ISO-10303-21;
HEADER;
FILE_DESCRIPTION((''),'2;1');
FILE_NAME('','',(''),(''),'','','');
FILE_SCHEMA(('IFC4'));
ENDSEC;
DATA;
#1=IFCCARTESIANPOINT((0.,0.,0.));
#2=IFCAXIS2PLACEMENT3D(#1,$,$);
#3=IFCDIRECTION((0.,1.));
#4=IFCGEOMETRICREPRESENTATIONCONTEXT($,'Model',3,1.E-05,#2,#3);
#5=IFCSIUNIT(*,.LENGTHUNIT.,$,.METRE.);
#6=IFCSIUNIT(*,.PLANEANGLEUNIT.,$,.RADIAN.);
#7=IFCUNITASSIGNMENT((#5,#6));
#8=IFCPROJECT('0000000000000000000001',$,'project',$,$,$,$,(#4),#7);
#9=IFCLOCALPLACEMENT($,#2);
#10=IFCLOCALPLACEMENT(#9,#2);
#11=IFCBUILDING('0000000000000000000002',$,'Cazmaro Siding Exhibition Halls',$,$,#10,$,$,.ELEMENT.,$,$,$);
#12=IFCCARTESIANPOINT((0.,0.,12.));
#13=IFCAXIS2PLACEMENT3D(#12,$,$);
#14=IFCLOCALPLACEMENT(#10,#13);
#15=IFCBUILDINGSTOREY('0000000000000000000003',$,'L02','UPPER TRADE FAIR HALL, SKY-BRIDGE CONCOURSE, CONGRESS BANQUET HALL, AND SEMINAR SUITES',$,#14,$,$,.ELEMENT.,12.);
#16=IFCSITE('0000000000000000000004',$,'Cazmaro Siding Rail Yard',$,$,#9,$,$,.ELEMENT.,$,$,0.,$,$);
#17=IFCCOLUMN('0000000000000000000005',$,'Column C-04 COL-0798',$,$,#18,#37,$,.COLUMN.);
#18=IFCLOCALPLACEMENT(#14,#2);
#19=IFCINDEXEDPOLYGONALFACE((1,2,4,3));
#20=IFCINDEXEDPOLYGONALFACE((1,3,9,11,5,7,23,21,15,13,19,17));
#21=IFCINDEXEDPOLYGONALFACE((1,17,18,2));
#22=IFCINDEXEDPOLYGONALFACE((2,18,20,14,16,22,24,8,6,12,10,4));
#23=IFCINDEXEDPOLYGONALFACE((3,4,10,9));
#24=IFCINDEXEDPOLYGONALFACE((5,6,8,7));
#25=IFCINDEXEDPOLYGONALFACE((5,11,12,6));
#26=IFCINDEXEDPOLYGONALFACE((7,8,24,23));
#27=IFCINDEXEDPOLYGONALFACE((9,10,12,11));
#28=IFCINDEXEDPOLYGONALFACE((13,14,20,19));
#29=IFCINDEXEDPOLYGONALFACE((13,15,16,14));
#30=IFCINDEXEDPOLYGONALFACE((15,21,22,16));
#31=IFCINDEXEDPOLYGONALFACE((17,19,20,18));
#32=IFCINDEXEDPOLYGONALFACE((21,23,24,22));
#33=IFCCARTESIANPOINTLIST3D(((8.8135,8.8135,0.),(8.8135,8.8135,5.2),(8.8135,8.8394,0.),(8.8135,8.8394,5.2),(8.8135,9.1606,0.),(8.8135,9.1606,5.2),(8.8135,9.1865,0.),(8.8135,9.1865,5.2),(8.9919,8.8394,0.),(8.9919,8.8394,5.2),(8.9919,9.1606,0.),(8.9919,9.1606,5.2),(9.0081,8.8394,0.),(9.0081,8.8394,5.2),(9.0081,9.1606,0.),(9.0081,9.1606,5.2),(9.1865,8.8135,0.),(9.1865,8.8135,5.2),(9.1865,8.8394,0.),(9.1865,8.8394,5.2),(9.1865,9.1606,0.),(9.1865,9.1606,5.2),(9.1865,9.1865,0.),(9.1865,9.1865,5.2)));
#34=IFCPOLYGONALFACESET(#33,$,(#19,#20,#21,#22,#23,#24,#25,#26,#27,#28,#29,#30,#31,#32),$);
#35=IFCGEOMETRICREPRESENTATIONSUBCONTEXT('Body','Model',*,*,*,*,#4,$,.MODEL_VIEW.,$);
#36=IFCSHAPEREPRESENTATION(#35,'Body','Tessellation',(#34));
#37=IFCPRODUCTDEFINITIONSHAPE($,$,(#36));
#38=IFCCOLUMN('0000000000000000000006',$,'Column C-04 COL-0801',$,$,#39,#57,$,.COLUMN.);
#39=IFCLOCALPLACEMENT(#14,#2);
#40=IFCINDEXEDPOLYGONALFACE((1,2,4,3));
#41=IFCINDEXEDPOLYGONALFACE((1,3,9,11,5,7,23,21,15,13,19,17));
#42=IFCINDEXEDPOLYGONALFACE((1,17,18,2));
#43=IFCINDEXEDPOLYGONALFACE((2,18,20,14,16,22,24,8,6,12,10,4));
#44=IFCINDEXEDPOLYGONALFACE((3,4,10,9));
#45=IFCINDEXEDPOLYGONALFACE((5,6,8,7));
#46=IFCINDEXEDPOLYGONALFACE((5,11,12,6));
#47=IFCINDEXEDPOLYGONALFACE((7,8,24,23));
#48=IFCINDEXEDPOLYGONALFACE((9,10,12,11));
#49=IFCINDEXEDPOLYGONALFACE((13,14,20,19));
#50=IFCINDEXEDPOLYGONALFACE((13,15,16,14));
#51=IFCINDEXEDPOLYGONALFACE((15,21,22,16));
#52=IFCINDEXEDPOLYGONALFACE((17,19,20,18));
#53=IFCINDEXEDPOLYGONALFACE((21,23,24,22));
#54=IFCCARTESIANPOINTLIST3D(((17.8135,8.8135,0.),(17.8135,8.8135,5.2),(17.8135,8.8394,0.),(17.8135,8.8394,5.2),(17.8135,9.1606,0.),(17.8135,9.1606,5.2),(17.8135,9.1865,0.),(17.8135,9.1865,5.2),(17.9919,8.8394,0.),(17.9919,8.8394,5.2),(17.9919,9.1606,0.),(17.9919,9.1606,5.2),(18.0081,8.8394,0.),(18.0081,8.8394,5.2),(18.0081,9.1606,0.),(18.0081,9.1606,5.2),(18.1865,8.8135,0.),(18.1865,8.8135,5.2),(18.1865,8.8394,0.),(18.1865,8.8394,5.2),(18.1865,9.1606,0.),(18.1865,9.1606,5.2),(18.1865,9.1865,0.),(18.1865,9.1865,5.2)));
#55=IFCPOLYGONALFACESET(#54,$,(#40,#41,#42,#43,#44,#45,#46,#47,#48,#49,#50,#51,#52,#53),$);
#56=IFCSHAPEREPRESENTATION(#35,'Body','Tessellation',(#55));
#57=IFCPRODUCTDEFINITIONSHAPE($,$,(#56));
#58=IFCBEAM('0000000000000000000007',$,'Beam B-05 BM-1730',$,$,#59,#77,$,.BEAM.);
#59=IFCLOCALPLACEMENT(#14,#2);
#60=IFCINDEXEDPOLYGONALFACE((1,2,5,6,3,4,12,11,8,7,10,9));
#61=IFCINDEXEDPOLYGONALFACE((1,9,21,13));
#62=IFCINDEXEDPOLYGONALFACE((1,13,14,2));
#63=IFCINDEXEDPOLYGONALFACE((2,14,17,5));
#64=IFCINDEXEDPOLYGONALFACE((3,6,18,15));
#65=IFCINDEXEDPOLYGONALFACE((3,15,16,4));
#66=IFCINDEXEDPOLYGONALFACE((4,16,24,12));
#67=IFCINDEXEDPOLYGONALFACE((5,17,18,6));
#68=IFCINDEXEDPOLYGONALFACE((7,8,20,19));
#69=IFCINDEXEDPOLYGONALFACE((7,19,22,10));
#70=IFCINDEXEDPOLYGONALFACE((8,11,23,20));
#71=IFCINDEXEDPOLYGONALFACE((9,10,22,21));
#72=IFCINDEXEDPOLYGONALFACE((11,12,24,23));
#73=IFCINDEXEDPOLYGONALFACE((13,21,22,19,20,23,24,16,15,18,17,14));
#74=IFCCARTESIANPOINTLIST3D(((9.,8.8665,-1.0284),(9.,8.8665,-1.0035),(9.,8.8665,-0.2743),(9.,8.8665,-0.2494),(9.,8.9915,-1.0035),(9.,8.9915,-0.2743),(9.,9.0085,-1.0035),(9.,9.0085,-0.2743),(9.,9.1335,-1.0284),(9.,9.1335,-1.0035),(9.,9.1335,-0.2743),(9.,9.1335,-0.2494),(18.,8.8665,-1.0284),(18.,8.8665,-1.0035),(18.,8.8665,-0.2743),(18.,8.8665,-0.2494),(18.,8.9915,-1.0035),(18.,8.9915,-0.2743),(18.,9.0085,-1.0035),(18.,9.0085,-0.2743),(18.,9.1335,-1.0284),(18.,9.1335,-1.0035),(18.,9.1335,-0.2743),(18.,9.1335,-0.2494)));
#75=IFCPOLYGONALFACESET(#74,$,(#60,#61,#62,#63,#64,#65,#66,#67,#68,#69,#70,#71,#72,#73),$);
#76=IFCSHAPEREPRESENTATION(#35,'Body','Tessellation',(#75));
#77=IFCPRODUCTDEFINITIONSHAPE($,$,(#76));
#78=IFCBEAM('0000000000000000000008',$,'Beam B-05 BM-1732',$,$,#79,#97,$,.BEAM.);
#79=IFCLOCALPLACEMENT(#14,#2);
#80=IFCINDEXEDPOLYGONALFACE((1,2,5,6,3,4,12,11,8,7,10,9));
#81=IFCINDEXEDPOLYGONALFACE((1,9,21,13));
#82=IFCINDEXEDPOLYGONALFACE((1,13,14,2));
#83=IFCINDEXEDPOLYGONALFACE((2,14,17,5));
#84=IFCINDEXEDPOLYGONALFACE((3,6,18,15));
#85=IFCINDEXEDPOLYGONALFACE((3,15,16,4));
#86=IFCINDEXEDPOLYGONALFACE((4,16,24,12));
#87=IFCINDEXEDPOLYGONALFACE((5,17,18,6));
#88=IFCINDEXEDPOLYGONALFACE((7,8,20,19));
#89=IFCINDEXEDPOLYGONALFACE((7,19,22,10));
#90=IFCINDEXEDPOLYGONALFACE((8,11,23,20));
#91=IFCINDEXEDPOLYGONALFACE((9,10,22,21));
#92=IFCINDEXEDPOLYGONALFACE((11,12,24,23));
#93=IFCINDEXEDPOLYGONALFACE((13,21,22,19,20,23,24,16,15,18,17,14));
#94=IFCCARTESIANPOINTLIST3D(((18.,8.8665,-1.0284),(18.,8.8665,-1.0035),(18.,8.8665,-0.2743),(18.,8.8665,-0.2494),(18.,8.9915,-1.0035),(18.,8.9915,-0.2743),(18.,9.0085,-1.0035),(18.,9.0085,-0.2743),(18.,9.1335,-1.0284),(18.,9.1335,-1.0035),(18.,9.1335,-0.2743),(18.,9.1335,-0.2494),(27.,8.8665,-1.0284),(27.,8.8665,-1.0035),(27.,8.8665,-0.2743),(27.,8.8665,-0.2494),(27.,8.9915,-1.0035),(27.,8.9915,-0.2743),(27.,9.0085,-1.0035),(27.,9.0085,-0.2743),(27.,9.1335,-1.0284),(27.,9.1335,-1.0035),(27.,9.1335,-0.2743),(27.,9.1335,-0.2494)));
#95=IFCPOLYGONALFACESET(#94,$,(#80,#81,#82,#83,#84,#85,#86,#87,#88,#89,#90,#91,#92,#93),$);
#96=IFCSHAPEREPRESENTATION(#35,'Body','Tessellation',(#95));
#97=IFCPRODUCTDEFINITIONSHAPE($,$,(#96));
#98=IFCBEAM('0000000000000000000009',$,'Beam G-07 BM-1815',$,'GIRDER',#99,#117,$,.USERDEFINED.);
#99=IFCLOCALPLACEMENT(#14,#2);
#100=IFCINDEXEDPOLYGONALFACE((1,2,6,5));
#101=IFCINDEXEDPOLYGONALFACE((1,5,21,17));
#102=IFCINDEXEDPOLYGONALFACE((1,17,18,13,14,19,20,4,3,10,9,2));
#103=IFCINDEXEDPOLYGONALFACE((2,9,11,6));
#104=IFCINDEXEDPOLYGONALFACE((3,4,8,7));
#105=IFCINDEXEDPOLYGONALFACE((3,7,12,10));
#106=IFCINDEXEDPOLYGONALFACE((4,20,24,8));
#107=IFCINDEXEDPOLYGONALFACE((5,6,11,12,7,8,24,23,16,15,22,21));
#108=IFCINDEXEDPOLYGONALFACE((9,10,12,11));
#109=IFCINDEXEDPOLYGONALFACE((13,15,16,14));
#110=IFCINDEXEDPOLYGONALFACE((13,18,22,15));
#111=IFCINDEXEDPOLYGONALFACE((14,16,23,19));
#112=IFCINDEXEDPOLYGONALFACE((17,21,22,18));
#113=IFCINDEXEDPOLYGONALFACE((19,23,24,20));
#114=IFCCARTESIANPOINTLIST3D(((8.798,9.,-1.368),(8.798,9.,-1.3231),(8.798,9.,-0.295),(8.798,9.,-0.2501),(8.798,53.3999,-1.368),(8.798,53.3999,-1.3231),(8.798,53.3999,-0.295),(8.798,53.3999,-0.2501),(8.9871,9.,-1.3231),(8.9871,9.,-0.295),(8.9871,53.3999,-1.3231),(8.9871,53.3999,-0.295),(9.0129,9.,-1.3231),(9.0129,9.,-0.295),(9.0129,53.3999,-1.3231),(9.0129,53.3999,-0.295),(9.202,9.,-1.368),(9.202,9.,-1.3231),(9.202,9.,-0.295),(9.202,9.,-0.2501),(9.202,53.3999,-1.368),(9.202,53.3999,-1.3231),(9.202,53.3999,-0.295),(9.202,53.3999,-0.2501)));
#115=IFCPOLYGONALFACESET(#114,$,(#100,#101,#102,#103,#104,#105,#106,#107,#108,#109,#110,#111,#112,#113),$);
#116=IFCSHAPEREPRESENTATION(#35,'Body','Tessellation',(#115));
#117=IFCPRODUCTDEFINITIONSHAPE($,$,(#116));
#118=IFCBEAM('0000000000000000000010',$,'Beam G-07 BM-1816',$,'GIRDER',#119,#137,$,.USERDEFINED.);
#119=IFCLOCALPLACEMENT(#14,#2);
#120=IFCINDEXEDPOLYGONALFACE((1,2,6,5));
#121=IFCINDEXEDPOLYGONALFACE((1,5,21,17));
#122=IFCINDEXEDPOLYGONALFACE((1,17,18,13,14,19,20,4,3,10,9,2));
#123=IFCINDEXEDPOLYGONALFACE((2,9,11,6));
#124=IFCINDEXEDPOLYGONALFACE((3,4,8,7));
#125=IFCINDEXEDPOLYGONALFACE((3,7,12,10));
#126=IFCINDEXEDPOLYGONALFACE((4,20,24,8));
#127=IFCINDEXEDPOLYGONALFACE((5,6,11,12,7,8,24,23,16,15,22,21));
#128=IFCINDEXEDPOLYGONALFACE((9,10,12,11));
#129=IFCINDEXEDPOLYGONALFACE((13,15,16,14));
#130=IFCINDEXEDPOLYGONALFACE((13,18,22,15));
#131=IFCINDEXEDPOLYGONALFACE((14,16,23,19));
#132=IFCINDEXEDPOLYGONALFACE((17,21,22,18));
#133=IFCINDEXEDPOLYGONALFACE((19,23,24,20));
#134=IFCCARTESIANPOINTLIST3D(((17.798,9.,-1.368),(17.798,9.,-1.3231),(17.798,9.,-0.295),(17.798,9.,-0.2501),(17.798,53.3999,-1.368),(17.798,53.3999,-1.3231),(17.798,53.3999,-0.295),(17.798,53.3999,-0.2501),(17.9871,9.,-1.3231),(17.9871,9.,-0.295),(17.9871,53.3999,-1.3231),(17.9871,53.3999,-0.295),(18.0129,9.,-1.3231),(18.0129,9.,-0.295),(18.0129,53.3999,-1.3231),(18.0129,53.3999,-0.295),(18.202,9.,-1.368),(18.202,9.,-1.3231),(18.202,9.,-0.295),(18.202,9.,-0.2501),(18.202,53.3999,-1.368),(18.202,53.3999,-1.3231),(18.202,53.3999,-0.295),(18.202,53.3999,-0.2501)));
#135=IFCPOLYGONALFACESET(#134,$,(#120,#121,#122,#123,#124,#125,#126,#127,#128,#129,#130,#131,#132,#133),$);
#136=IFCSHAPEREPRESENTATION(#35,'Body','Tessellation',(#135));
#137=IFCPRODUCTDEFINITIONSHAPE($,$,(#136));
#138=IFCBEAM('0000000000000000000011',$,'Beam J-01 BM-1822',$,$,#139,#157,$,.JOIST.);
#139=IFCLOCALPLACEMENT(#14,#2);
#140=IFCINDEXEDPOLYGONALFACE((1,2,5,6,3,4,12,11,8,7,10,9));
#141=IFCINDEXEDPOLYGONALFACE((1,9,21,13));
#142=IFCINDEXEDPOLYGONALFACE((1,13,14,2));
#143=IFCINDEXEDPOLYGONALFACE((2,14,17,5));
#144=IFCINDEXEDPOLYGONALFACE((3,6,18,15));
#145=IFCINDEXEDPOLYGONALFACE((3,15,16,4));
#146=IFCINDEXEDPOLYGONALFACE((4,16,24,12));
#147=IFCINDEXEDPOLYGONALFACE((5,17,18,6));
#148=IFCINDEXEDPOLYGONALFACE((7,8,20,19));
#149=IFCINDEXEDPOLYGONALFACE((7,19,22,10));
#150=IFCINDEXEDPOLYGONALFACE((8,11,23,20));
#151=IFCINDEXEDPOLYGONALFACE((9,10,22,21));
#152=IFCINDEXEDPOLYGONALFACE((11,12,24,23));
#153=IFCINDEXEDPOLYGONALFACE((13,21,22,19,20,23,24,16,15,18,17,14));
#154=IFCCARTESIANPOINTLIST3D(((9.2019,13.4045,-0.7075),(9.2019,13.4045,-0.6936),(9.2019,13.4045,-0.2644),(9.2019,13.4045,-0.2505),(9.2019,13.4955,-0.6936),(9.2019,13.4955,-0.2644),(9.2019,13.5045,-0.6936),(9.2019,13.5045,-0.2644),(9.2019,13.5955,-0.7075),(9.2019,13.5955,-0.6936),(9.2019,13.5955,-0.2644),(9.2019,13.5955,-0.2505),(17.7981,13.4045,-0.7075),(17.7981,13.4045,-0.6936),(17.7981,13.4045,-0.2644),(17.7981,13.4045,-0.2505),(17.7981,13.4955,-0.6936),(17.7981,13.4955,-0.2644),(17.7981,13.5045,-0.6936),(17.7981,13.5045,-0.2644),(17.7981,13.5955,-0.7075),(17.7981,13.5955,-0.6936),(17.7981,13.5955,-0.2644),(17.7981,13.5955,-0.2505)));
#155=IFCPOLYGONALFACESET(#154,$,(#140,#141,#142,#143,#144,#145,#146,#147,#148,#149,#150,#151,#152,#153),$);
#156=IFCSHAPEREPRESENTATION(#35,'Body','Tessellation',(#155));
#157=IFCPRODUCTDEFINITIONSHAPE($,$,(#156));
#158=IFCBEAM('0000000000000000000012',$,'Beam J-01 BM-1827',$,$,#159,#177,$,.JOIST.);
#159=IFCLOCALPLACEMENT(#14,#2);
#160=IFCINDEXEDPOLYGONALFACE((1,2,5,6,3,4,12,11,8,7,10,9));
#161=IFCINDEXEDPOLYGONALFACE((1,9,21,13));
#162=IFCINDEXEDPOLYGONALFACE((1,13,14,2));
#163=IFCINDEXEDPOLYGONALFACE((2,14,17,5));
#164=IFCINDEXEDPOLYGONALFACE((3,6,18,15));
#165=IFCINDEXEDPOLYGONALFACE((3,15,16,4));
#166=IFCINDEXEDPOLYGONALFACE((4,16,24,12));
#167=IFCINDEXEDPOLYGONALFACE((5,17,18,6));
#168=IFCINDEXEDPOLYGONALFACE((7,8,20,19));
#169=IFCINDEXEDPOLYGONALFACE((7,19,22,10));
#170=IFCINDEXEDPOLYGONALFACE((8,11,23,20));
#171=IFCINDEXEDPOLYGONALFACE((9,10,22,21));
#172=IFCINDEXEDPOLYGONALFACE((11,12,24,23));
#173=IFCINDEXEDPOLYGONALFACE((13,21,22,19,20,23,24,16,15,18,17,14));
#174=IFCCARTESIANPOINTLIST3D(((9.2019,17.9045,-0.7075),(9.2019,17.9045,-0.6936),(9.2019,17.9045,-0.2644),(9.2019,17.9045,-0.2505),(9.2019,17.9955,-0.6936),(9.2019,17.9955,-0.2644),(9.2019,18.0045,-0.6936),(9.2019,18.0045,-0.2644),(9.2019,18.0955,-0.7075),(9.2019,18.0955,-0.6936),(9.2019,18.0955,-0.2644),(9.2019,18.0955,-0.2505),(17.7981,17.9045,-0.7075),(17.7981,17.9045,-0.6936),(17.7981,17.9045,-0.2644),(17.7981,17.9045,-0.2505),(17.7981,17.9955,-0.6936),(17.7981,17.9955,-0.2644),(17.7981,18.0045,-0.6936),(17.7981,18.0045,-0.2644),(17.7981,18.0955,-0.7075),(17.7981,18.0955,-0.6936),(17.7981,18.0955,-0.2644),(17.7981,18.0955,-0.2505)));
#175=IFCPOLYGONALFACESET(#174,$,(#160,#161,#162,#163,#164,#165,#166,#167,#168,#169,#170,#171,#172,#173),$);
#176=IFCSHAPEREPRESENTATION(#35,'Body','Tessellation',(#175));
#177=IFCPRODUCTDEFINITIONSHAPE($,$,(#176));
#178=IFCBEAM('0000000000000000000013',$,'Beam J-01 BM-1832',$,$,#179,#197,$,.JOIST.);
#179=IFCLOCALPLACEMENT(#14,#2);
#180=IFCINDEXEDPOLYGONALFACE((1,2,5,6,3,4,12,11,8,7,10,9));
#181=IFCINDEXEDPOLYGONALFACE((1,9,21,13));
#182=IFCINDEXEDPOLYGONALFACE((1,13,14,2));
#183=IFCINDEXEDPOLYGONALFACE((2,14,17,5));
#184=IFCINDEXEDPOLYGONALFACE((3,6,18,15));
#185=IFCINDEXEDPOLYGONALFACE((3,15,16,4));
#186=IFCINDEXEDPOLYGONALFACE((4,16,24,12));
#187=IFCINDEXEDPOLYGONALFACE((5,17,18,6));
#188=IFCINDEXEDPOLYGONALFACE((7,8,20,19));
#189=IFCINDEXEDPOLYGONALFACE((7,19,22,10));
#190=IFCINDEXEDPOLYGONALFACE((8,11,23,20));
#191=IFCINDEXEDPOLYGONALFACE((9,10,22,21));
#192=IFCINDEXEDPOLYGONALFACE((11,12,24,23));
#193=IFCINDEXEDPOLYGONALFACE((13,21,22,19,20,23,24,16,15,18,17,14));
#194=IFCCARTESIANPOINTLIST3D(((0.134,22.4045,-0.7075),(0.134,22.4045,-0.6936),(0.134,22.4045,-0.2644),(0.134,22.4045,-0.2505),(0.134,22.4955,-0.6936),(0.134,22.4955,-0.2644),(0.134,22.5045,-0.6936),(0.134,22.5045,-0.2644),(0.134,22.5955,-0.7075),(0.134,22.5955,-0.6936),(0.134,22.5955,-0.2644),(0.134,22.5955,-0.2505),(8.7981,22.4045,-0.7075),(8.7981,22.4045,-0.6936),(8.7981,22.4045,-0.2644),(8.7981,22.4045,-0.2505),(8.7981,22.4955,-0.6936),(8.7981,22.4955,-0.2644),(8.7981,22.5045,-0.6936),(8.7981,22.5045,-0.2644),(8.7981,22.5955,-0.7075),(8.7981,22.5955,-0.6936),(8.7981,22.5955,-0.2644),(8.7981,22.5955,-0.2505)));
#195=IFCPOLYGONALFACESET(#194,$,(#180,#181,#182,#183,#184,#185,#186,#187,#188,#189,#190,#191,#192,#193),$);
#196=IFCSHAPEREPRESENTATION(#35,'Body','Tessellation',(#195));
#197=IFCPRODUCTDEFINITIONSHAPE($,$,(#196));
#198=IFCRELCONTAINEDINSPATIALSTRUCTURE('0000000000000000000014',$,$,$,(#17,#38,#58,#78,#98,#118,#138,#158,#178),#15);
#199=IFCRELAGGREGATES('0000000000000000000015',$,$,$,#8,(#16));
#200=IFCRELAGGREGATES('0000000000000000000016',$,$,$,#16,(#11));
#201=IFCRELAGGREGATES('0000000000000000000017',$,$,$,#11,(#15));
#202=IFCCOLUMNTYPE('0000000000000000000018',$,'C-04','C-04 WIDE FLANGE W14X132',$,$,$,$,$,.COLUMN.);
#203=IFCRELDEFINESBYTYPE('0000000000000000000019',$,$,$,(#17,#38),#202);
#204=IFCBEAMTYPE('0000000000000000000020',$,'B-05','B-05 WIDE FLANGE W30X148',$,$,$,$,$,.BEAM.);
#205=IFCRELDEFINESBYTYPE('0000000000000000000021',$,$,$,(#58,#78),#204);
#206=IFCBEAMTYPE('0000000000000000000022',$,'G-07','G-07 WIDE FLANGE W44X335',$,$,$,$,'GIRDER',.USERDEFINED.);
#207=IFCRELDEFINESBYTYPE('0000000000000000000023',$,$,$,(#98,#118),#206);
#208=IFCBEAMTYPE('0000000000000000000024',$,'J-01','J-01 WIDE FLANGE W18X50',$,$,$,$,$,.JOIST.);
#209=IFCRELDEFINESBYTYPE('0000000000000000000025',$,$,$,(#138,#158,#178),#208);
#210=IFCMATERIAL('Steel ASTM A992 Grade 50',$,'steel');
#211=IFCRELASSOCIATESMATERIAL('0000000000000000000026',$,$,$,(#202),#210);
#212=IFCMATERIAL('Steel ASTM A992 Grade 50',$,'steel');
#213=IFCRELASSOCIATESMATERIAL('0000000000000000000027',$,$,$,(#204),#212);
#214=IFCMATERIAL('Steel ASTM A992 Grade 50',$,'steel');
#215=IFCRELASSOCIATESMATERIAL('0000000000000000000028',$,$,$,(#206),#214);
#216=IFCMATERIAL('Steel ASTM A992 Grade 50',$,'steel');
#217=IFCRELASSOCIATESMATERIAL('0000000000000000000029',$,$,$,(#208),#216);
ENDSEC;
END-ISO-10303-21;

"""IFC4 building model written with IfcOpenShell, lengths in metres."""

from ifc_helpers import new_model, si_unit, direction, frame, origin, origin_2d, place, context, subcontext, project, spatial, i_section, extrude, material, material_profile, profile_set, type_object, element, save


model = new_model("IFC4")

# Units and contexts
model_context = context("Model", 3, precision=1e-05, world=origin(), true_north=direction((0.0, 1.0)))
body_context = subcontext(model_context, "Body", "Model", "MODEL_VIEW")
ifc_project = project(units=[si_unit("LENGTHUNIT", "METRE"), si_unit("PLANEANGLEUNIT", "RADIAN")], contexts=[model_context])

# Site, building, storey
site_placement = place(None, origin())
site = spatial("IfcSite", under=ifc_project, at=site_placement, Name="Cazmaro Siding Rail Yard", CompositionType="ELEMENT", RefElevation=0.0)
building_placement = place(site_placement, origin())
building = spatial("IfcBuilding", under=site, at=building_placement, Name="Cazmaro Siding Exhibition Halls", CompositionType="ELEMENT")
storey_placement = place(building_placement, frame((0.0, 0.0, 12.0)))
storey = spatial("IfcBuildingStorey", under=building, at=storey_placement, Name="L02", Description="UPPER TRADE FAIR HALL, SKY-BRIDGE CONCOURSE, CONGRESS BANQUET HALL, AND SEMINAR SUITES", CompositionType="ELEMENT", Elevation=12.0)

# Columns
ifc_material_1 = material(Name="Steel ASTM A992 Grade 50", Category="steel")
ifc_material_profile_1 = material_profile(ifc_material_1, i_section(OverallWidth=0.373, OverallDepth=0.373, WebThickness=0.0161, FlangeThickness=0.0259, at=origin_2d()), Name="W14X132")
ifc_profile_set_1 = profile_set([ifc_material_profile_1], Name="Steel ASTM A992 Grade 50")
column_type = type_object("IfcColumnType", Name="C-04", Description="C-04 WIDE FLANGE W14X132", PredefinedType="COLUMN", material=ifc_profile_set_1)
for number, where, z_axis, x_axis, name in (
    (1, (9.0, 9.0, 0.0), (0.0, 0.0, 1.0), (1.0, 0.0, 0.0), "Column C-04 COL-0798"),
    (2, (18.0, 9.0, 0.0), (0.0, 0.0, 1.0), (1.0, 0.0, 0.0), "Column C-04 COL-0801"),
):
    element("IfcColumn", number, at=place(storey_placement, frame(where, z_axis=z_axis, x_axis=x_axis)), inside=storey, type_object=column_type, Name=name, PredefinedType="COLUMN", context=body_context, shape_type="SweptSolid", body=[
        extrude(i_section(OverallWidth=0.373, OverallDepth=0.373, WebThickness=0.0161, FlangeThickness=0.0259, at=origin_2d()), origin(), (0.0, 0.0, 1.0), 5.2),
    ])

# Beams
ifc_material_2 = material(Name="Steel ASTM A992 Grade 50", Category="steel")
ifc_material_profile_2 = material_profile(ifc_material_2, i_section(OverallWidth=0.2671, OverallDepth=0.7791, WebThickness=0.0171, FlangeThickness=0.0249, at=origin_2d()), Name="W30X148")
ifc_profile_set_2 = profile_set([ifc_material_profile_2], Name="Steel ASTM A992 Grade 50")
beam_type_1 = type_object("IfcBeamType", Name="B-05", Description="B-05 WIDE FLANGE W30X148", PredefinedType="BEAM", material=ifc_profile_set_2)
for number, where, z_axis, x_axis, name in (
    (3, (9.0, 9.0, -0.6389), (1.0, 0.0, 0.0), (0.0, 1.0, 0.0), "Beam B-05 BM-1730"),
    (4, (18.0, 9.0, -0.6389), (1.0, 0.0, 0.0), (0.0, 1.0, 0.0), "Beam B-05 BM-1732"),
):
    element("IfcBeam", number, at=place(storey_placement, frame(where, z_axis=z_axis, x_axis=x_axis)), inside=storey, type_object=beam_type_1, Name=name, PredefinedType="BEAM", context=body_context, shape_type="SweptSolid", body=[
        extrude(i_section(OverallWidth=0.2671, OverallDepth=0.7791, WebThickness=0.0171, FlangeThickness=0.0249, at=origin_2d()), origin(), (0.0, 0.0, 1.0), 9.0),
    ])
ifc_material_3 = material(Name="Steel ASTM A992 Grade 50", Category="steel")
ifc_material_profile_3 = material_profile(ifc_material_3, i_section(OverallWidth=0.4041, OverallDepth=1.1179, WebThickness=0.0259, FlangeThickness=0.0449, at=origin_2d()), Name="W44X335")
ifc_profile_set_3 = profile_set([ifc_material_profile_3], Name="Steel ASTM A992 Grade 50")
beam_type_2 = type_object("IfcBeamType", Name="G-07", Description="G-07 WIDE FLANGE W44X335", ElementType="GIRDER", PredefinedType="USERDEFINED", material=ifc_profile_set_3)
for number, where, z_axis, x_axis, name in (
    (5, (9.0, 9.0, -0.8091), (0.0, 1.0, 0.0), (-1.0, 0.0, 0.0), "Beam G-07 BM-1815"),
    (6, (18.0, 9.0, -0.8091), (0.0, 1.0, 0.0), (-1.0, 0.0, 0.0), "Beam G-07 BM-1816"),
):
    element("IfcBeam", number, at=place(storey_placement, frame(where, z_axis=z_axis, x_axis=x_axis)), inside=storey, type_object=beam_type_2, Name=name, ObjectType="GIRDER", PredefinedType="USERDEFINED", context=body_context, shape_type="SweptSolid", body=[
        extrude(i_section(OverallWidth=0.4041, OverallDepth=1.1179, WebThickness=0.0259, FlangeThickness=0.0449, at=origin_2d()), origin(), (0.0, 0.0, 1.0), 44.3999),
    ])
ifc_material_4 = material(Name="Steel ASTM A992 Grade 50", Category="steel")
ifc_material_profile_4 = material_profile(ifc_material_4, i_section(OverallWidth=0.1909, OverallDepth=0.457, WebThickness=0.009, FlangeThickness=0.0139, at=origin_2d()), Name="W18X50")
ifc_profile_set_4 = profile_set([ifc_material_profile_4], Name="Steel ASTM A992 Grade 50")
beam_type_3 = type_object("IfcBeamType", Name="J-01", Description="J-01 WIDE FLANGE W18X50", PredefinedType="JOIST", material=ifc_profile_set_4)
for number, where, z_axis, x_axis, name in (
    (7, (9.2019, 13.5, -0.479), (1.0, 0.0, 0.0), (0.0, 1.0, 0.0), "Beam J-01 BM-1822"),
    (8, (9.2019, 18.0, -0.479), (1.0, 0.0, 0.0), (0.0, 1.0, 0.0), "Beam J-01 BM-1827"),
):
    element("IfcBeam", number, at=place(storey_placement, frame(where, z_axis=z_axis, x_axis=x_axis)), inside=storey, type_object=beam_type_3, Name=name, PredefinedType="JOIST", context=body_context, shape_type="SweptSolid", body=[
        extrude(i_section(OverallWidth=0.1909, OverallDepth=0.457, WebThickness=0.009, FlangeThickness=0.0139, at=origin_2d()), origin(), (0.0, 0.0, 1.0), 8.5962),
    ])
beam_1_placement = place(storey_placement, frame((0.134, 22.5, -0.479), z_axis=(1.0, 0.0, 0.0), x_axis=(0.0, 1.0, 0.0)))
element("IfcBeam", 9, at=beam_1_placement, inside=storey, type_object=beam_type_3, Name="Beam J-01 BM-1832", PredefinedType="JOIST", context=body_context, shape_type="SweptSolid", body=[
    extrude(i_section(OverallWidth=0.1909, OverallDepth=0.457, WebThickness=0.009, FlangeThickness=0.0139, at=origin_2d()), origin(), (0.0, 0.0, 1.0), 8.6641),
])

save(model, "model.ifc")
